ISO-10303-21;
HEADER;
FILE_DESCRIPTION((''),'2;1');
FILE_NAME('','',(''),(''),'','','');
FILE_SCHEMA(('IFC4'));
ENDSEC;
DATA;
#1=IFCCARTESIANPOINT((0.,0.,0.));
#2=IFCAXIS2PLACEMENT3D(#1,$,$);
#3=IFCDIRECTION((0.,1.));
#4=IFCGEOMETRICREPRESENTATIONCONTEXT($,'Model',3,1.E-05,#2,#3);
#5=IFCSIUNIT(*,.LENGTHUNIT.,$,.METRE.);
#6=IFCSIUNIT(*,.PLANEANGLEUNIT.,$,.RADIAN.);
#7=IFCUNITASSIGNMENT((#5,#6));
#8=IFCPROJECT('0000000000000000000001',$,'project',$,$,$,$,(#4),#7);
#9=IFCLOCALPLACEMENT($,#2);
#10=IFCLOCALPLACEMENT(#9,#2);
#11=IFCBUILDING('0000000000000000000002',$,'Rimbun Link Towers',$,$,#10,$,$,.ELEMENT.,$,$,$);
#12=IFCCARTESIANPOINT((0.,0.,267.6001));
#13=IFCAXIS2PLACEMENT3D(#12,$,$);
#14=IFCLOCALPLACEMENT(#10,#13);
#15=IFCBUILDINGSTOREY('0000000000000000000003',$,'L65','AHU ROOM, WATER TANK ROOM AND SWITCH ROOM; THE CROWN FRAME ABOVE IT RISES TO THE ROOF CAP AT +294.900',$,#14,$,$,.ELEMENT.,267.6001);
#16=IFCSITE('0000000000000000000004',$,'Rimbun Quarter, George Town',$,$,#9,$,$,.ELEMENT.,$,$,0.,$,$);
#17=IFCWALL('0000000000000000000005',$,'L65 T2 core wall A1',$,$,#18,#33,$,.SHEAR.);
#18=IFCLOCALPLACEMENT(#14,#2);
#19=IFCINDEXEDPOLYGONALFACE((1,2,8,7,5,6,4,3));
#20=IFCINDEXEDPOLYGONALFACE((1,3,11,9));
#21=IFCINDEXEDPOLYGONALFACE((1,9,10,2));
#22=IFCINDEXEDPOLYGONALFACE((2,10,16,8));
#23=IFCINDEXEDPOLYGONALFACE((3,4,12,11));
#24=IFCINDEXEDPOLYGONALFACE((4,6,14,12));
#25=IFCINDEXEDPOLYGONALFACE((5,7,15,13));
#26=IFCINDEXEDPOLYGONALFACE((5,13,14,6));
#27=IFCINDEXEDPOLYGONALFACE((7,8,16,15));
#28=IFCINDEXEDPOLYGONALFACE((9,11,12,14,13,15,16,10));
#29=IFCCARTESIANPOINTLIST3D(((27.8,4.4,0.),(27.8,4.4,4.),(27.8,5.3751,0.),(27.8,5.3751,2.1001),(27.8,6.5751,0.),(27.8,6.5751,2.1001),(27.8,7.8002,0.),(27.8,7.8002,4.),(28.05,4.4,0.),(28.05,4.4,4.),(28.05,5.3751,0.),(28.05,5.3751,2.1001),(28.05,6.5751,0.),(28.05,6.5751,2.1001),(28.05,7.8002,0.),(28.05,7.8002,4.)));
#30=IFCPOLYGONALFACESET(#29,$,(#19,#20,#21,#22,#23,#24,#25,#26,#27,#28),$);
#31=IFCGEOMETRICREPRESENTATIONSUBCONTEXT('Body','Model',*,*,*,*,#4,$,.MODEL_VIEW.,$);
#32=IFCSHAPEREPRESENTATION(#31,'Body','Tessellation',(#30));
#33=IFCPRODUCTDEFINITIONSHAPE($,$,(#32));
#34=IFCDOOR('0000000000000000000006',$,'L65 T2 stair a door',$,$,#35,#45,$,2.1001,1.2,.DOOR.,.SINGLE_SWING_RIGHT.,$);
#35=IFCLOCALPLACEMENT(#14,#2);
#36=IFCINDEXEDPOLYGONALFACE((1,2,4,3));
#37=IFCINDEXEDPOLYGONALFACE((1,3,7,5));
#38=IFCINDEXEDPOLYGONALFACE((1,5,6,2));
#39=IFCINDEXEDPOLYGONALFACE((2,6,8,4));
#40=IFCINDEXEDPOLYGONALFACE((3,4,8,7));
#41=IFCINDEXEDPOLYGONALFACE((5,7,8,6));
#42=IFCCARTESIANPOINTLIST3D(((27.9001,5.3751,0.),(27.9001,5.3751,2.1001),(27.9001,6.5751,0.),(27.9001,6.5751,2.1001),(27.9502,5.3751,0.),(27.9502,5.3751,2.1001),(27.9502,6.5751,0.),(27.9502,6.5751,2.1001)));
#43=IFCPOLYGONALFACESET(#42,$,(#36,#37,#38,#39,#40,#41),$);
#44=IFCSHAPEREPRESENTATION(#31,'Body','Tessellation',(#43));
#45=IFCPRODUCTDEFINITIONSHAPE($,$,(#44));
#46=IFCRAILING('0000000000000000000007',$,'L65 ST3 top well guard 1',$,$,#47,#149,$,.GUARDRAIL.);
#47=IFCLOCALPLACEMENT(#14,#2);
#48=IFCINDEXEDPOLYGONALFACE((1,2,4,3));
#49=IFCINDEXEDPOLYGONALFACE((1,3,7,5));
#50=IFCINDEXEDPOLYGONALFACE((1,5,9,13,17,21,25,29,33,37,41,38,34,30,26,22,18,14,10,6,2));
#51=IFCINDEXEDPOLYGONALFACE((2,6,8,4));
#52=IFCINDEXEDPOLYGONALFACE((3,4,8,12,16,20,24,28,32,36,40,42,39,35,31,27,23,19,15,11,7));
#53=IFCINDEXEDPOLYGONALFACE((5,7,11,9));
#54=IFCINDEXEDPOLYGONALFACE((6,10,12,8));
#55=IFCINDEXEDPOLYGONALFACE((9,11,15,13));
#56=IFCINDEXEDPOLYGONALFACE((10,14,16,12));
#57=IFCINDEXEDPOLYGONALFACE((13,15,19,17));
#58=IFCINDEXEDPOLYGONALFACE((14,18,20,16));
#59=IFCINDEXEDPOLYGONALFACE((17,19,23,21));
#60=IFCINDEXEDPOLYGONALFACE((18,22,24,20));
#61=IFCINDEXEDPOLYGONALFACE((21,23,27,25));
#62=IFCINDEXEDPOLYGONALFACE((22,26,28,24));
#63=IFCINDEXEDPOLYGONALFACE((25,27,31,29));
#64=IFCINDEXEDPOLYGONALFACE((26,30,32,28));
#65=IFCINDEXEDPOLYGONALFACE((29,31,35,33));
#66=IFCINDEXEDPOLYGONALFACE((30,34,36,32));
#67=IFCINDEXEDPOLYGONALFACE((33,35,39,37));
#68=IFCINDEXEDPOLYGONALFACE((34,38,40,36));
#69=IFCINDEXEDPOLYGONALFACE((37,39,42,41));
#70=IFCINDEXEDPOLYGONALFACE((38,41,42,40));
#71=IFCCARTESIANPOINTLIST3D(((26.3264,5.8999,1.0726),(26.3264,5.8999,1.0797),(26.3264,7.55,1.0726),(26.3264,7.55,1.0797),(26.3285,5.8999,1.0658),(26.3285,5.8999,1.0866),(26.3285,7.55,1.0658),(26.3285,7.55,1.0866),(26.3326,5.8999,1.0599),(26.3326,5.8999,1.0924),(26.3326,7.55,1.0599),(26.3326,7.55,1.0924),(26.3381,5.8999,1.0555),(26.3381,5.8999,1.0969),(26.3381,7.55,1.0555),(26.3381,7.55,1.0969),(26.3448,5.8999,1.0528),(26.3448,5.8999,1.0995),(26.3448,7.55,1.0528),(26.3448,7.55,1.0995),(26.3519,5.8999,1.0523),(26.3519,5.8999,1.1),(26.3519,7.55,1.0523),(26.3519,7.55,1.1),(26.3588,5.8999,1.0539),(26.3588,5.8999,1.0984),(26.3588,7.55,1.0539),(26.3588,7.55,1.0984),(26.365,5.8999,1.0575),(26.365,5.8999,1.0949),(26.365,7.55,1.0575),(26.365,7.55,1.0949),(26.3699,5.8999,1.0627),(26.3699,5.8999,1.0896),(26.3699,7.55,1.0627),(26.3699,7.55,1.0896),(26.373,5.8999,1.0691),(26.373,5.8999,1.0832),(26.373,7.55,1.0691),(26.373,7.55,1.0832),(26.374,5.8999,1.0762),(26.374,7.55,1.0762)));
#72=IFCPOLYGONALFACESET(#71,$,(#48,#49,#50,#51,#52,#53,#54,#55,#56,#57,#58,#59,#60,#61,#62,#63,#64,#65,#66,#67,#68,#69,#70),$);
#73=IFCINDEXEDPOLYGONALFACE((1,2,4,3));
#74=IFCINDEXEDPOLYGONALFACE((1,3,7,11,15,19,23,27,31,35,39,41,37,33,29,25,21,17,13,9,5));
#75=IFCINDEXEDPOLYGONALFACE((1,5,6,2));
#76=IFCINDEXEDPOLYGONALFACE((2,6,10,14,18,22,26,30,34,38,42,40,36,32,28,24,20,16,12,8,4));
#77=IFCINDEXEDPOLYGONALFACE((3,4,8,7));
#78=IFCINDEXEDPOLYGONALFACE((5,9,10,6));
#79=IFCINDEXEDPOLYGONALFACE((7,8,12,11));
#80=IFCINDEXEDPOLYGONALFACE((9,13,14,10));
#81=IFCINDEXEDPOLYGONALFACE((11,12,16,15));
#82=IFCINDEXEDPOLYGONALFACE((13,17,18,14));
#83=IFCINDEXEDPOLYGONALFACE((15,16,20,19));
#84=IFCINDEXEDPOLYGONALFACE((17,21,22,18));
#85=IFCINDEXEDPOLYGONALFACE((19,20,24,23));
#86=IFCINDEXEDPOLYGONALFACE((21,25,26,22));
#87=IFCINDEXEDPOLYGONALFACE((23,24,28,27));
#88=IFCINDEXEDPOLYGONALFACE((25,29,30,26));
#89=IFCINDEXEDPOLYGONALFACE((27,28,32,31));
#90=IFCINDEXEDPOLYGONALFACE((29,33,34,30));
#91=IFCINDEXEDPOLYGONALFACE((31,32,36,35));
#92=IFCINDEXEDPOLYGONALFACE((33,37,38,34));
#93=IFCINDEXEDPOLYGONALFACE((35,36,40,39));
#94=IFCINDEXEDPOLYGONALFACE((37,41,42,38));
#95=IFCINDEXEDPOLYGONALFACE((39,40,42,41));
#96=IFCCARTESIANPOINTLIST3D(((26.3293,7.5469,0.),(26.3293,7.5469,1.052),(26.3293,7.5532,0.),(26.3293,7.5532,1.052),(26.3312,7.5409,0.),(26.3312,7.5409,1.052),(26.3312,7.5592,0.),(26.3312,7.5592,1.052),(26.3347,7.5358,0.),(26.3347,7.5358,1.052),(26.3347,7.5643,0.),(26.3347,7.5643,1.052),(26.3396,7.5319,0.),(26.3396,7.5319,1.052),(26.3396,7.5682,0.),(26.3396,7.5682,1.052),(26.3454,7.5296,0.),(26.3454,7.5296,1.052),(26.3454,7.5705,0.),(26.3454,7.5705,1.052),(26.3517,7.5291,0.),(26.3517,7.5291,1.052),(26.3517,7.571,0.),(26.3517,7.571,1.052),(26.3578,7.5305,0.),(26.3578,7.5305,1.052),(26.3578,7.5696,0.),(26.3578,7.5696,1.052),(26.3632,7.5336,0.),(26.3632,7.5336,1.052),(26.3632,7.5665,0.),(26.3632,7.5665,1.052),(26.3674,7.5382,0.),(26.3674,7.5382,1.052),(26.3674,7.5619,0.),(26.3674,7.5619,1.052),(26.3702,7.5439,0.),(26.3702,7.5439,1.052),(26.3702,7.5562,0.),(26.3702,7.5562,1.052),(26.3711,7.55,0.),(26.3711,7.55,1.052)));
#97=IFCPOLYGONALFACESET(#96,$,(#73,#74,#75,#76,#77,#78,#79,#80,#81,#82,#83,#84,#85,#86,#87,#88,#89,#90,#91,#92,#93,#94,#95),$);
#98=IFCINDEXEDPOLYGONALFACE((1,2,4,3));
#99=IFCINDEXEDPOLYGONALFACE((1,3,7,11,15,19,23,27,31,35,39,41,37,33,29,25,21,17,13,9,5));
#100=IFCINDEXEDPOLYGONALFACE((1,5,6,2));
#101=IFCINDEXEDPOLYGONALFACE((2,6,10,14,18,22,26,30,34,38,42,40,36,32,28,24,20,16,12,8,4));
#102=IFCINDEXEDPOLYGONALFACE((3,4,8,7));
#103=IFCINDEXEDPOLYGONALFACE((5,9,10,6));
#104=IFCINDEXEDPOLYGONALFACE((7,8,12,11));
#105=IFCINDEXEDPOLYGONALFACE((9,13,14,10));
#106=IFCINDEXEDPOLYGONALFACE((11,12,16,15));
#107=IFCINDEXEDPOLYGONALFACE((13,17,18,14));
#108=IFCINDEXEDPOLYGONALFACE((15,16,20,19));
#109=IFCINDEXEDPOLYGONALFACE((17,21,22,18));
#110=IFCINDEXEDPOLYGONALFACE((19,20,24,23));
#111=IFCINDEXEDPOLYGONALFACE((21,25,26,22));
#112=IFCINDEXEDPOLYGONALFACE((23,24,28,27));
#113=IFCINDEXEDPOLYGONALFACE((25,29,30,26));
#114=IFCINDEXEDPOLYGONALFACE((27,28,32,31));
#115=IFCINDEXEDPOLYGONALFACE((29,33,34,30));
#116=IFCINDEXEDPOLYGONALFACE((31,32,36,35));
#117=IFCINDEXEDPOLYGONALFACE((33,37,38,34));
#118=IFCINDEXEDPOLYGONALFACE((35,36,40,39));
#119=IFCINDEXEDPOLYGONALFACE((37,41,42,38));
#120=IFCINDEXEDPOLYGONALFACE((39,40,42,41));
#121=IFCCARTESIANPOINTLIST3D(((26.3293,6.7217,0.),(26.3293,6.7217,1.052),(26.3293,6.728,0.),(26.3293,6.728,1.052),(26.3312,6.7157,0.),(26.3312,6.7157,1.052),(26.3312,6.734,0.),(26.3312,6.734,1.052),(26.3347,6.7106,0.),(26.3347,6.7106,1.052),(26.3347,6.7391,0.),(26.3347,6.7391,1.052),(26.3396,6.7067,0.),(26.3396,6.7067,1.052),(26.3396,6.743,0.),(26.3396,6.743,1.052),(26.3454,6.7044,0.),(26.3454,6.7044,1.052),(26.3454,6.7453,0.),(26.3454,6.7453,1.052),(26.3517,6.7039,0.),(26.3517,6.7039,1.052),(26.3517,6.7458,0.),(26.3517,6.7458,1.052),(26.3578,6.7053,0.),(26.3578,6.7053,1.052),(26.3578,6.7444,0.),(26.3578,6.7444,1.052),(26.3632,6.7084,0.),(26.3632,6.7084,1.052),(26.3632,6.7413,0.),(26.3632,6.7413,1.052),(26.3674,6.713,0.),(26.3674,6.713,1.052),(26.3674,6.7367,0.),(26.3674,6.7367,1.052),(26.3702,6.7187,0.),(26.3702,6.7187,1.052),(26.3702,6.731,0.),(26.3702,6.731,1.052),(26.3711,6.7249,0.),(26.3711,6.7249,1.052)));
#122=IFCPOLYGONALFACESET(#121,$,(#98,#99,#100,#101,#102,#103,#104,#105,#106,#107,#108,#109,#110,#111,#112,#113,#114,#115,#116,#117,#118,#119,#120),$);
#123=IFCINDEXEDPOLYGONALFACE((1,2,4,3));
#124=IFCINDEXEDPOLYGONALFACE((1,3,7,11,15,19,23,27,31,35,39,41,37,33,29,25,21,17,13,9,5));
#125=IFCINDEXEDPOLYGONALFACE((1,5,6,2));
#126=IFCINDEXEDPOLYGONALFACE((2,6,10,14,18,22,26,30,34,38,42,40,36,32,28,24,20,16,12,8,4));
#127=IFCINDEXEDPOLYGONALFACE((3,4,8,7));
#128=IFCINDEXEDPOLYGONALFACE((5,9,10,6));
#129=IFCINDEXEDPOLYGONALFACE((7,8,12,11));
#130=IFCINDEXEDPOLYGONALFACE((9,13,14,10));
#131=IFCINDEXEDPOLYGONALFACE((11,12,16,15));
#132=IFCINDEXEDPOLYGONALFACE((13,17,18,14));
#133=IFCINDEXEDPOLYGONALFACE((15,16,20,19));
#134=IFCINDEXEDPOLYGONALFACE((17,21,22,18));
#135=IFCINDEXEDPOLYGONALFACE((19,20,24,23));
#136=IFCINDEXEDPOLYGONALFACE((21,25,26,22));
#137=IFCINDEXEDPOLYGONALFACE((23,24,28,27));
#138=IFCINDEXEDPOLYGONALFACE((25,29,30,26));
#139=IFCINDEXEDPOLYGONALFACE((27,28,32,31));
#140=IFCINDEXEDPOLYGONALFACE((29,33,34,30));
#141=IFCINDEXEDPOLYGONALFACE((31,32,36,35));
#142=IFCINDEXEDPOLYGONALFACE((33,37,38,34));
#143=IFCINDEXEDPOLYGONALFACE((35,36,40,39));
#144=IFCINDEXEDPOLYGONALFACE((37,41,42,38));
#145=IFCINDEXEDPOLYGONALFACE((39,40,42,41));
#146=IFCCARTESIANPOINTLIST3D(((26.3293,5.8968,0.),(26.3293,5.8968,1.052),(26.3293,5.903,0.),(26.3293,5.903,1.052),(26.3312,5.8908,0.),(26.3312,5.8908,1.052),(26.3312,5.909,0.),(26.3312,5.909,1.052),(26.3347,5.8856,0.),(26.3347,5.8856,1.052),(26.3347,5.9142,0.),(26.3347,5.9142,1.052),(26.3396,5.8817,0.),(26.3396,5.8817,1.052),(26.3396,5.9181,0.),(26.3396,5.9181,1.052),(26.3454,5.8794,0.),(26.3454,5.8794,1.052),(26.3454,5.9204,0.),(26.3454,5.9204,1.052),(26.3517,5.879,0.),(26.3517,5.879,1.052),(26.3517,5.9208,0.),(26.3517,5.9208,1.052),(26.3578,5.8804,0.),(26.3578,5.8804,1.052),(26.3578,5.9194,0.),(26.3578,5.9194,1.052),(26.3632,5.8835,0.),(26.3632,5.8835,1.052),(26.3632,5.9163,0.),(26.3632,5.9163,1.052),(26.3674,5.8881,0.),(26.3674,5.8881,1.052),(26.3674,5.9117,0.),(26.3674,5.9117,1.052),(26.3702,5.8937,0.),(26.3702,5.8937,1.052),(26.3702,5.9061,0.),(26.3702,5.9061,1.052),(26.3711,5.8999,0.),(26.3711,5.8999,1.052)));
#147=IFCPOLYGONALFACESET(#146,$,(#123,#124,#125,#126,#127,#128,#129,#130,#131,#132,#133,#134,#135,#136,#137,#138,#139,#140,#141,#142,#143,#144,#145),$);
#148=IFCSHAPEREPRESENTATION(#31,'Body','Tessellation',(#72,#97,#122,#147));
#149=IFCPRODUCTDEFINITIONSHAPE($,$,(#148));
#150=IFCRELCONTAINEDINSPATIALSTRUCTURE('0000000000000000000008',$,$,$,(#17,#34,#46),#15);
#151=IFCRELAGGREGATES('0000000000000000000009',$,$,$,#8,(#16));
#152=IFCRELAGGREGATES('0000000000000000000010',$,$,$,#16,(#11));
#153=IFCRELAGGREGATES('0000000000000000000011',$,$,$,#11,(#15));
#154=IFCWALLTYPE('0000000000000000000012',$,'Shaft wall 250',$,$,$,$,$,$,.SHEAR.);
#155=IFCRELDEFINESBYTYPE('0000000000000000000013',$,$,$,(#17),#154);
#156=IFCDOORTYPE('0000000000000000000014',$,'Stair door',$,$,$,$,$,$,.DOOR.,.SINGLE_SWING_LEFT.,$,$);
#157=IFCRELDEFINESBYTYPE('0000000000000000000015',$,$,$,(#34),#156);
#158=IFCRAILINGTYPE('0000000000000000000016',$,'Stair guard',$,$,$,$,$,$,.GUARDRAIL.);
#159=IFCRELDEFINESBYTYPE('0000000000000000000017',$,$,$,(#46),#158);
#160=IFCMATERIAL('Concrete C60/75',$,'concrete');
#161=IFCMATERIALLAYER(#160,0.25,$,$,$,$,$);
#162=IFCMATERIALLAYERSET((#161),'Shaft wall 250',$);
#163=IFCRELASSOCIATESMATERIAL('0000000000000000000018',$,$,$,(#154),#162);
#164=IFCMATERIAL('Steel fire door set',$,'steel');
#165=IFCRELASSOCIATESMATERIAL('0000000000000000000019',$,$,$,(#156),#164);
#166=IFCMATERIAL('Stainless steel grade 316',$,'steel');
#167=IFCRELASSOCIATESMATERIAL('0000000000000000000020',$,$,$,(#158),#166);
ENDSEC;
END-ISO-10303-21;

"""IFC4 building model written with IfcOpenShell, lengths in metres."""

from ifc_helpers import new_model, si_unit, direction, frame, frame_2d, origin, origin_2d, place, context, subcontext, project, spatial, rectangle, circle, extrude, material, layer, layer_set, type_object, element, fill, save


model = new_model("IFC4")

# Units and contexts
model_context = context("Model", 3, precision=1e-05, world=origin(), true_north=direction((0.0, 1.0)))
body_context = subcontext(model_context, "Body", "Model", "MODEL_VIEW")
ifc_project = project(units=[si_unit("LENGTHUNIT", "METRE"), si_unit("PLANEANGLEUNIT", "RADIAN")], contexts=[model_context])

# Site, building, storey
site_placement = place(None, origin())
site = spatial("IfcSite", under=ifc_project, at=site_placement, Name="Rimbun Quarter, George Town", CompositionType="ELEMENT", RefElevation=0.0)
building_placement = place(site_placement, origin())
building = spatial("IfcBuilding", under=site, at=building_placement, Name="Rimbun Link Towers", CompositionType="ELEMENT")
storey_placement = place(building_placement, frame((0.0, 0.0, 267.6001)))
storey = spatial("IfcBuildingStorey", under=building, at=storey_placement, Name="L65", Description="AHU ROOM, WATER TANK ROOM AND SWITCH ROOM; THE CROWN FRAME ABOVE IT RISES TO THE ROOF CAP AT +294.900", CompositionType="ELEMENT", Elevation=267.6001)

# Shared definitions
ifc_material_1 = material(Name="Concrete C60/75", Category="concrete")
ifc_layer_1 = layer(ifc_material_1, 0.25)
ifc_layer_set_1 = layer_set([ifc_layer_1], Name="Shaft wall 250")
wall_type_1 = type_object("IfcWallType", Name="Shaft wall 250", PredefinedType="SHEAR", material=ifc_layer_set_1)

# Wall, opening, door
wall_1_placement = place(storey_placement, frame((27.925, 4.3999, 0.0), z_axis=(0.0, 0.0, 1.0), x_axis=(0.0, 1.0, 0.0)))
wall_1 = element("IfcWall", 1, at=wall_1_placement, inside=storey, type_object=wall_type_1, Name="L65 T2 core wall A1", PredefinedType="SHEAR", context=body_context, shape_type="SweptSolid", body=[
    extrude(rectangle(XDim=3.4001, YDim=0.25, at=frame_2d((1.7002, 0.0))), origin(), (0.0, 0.0, 1.0), 4.0),
])
opening_1_placement = place(wall_1_placement, frame((0.9751, 0.0, 0.0)))
opening_1 = element("IfcOpeningElement", 2, at=opening_1_placement, cuts=wall_1, PredefinedType="OPENING", context=body_context, shape_type="SweptSolid", body=[
    extrude(rectangle(XDim=1.2, YDim=2.1001, at=frame_2d((0.6001, 1.05))), frame((0.0, 0.135, 0.0), z_axis=(0.0, -1.0, 0.0), x_axis=(1.0, 0.0, 0.0)), (0.0, 0.0, 1.0), 0.27),
])
ifc_material_2 = material(Name="Steel fire door set", Category="steel")
door_type_1 = type_object("IfcDoorType", Name="Stair door", OperationType="SINGLE_SWING_LEFT", PredefinedType="DOOR", material=ifc_material_2)
door_1_placement = place(opening_1_placement, origin())
door_1 = element("IfcDoor", 3, at=door_1_placement, inside=storey, type_object=door_type_1, Name="L65 T2 stair a door", OperationType="SINGLE_SWING_RIGHT", OverallHeight=2.1001, OverallWidth=1.2, PredefinedType="DOOR", context=body_context, shape_type="SweptSolid", body=[
    extrude(rectangle(XDim=1.2, YDim=2.1001, at=frame_2d((0.6001, 1.05))), frame((0.0, 0.0249, 0.0), z_axis=(0.0, -1.0, 0.0), x_axis=(1.0, 0.0, 0.0)), (0.0, 0.0, 1.0), 0.05),
])
fill(opening_1, door_1)

# Railing
ifc_material_3 = material(Name="Stainless steel grade 316", Category="steel")
railing_type = type_object("IfcRailingType", Name="Stair guard", PredefinedType="GUARDRAIL", material=ifc_material_3)
railing_placement = place(storey_placement, frame((26.3501, 7.55, 0.0)))
element("IfcRailing", 4, at=railing_placement, inside=storey, type_object=railing_type, Name="L65 ST3 top well guard 1", PredefinedType="GUARDRAIL", context=body_context, shape_type="SweptSolid", body=[
    extrude(circle(Radius=0.0239, at=origin_2d()), frame((0.0, 0.0, 1.0762), z_axis=(0.0, -1.0, 0.0), x_axis=(1.0, 0.0, 0.0)), (0.0, 0.0, 1.0), 1.6501),
    extrude(circle(Radius=0.021, at=origin_2d()), origin(), (0.0, 0.0, 1.0), 1.052),
    extrude(circle(Radius=0.021, at=origin_2d()), frame((0.0, -0.8252, 0.0)), (0.0, 0.0, 1.0), 1.052),
    extrude(circle(Radius=0.021, at=origin_2d()), frame((0.0, -1.6501, 0.0)), (0.0, 0.0, 1.0), 1.052),
])

save(model, "model.ifc")
